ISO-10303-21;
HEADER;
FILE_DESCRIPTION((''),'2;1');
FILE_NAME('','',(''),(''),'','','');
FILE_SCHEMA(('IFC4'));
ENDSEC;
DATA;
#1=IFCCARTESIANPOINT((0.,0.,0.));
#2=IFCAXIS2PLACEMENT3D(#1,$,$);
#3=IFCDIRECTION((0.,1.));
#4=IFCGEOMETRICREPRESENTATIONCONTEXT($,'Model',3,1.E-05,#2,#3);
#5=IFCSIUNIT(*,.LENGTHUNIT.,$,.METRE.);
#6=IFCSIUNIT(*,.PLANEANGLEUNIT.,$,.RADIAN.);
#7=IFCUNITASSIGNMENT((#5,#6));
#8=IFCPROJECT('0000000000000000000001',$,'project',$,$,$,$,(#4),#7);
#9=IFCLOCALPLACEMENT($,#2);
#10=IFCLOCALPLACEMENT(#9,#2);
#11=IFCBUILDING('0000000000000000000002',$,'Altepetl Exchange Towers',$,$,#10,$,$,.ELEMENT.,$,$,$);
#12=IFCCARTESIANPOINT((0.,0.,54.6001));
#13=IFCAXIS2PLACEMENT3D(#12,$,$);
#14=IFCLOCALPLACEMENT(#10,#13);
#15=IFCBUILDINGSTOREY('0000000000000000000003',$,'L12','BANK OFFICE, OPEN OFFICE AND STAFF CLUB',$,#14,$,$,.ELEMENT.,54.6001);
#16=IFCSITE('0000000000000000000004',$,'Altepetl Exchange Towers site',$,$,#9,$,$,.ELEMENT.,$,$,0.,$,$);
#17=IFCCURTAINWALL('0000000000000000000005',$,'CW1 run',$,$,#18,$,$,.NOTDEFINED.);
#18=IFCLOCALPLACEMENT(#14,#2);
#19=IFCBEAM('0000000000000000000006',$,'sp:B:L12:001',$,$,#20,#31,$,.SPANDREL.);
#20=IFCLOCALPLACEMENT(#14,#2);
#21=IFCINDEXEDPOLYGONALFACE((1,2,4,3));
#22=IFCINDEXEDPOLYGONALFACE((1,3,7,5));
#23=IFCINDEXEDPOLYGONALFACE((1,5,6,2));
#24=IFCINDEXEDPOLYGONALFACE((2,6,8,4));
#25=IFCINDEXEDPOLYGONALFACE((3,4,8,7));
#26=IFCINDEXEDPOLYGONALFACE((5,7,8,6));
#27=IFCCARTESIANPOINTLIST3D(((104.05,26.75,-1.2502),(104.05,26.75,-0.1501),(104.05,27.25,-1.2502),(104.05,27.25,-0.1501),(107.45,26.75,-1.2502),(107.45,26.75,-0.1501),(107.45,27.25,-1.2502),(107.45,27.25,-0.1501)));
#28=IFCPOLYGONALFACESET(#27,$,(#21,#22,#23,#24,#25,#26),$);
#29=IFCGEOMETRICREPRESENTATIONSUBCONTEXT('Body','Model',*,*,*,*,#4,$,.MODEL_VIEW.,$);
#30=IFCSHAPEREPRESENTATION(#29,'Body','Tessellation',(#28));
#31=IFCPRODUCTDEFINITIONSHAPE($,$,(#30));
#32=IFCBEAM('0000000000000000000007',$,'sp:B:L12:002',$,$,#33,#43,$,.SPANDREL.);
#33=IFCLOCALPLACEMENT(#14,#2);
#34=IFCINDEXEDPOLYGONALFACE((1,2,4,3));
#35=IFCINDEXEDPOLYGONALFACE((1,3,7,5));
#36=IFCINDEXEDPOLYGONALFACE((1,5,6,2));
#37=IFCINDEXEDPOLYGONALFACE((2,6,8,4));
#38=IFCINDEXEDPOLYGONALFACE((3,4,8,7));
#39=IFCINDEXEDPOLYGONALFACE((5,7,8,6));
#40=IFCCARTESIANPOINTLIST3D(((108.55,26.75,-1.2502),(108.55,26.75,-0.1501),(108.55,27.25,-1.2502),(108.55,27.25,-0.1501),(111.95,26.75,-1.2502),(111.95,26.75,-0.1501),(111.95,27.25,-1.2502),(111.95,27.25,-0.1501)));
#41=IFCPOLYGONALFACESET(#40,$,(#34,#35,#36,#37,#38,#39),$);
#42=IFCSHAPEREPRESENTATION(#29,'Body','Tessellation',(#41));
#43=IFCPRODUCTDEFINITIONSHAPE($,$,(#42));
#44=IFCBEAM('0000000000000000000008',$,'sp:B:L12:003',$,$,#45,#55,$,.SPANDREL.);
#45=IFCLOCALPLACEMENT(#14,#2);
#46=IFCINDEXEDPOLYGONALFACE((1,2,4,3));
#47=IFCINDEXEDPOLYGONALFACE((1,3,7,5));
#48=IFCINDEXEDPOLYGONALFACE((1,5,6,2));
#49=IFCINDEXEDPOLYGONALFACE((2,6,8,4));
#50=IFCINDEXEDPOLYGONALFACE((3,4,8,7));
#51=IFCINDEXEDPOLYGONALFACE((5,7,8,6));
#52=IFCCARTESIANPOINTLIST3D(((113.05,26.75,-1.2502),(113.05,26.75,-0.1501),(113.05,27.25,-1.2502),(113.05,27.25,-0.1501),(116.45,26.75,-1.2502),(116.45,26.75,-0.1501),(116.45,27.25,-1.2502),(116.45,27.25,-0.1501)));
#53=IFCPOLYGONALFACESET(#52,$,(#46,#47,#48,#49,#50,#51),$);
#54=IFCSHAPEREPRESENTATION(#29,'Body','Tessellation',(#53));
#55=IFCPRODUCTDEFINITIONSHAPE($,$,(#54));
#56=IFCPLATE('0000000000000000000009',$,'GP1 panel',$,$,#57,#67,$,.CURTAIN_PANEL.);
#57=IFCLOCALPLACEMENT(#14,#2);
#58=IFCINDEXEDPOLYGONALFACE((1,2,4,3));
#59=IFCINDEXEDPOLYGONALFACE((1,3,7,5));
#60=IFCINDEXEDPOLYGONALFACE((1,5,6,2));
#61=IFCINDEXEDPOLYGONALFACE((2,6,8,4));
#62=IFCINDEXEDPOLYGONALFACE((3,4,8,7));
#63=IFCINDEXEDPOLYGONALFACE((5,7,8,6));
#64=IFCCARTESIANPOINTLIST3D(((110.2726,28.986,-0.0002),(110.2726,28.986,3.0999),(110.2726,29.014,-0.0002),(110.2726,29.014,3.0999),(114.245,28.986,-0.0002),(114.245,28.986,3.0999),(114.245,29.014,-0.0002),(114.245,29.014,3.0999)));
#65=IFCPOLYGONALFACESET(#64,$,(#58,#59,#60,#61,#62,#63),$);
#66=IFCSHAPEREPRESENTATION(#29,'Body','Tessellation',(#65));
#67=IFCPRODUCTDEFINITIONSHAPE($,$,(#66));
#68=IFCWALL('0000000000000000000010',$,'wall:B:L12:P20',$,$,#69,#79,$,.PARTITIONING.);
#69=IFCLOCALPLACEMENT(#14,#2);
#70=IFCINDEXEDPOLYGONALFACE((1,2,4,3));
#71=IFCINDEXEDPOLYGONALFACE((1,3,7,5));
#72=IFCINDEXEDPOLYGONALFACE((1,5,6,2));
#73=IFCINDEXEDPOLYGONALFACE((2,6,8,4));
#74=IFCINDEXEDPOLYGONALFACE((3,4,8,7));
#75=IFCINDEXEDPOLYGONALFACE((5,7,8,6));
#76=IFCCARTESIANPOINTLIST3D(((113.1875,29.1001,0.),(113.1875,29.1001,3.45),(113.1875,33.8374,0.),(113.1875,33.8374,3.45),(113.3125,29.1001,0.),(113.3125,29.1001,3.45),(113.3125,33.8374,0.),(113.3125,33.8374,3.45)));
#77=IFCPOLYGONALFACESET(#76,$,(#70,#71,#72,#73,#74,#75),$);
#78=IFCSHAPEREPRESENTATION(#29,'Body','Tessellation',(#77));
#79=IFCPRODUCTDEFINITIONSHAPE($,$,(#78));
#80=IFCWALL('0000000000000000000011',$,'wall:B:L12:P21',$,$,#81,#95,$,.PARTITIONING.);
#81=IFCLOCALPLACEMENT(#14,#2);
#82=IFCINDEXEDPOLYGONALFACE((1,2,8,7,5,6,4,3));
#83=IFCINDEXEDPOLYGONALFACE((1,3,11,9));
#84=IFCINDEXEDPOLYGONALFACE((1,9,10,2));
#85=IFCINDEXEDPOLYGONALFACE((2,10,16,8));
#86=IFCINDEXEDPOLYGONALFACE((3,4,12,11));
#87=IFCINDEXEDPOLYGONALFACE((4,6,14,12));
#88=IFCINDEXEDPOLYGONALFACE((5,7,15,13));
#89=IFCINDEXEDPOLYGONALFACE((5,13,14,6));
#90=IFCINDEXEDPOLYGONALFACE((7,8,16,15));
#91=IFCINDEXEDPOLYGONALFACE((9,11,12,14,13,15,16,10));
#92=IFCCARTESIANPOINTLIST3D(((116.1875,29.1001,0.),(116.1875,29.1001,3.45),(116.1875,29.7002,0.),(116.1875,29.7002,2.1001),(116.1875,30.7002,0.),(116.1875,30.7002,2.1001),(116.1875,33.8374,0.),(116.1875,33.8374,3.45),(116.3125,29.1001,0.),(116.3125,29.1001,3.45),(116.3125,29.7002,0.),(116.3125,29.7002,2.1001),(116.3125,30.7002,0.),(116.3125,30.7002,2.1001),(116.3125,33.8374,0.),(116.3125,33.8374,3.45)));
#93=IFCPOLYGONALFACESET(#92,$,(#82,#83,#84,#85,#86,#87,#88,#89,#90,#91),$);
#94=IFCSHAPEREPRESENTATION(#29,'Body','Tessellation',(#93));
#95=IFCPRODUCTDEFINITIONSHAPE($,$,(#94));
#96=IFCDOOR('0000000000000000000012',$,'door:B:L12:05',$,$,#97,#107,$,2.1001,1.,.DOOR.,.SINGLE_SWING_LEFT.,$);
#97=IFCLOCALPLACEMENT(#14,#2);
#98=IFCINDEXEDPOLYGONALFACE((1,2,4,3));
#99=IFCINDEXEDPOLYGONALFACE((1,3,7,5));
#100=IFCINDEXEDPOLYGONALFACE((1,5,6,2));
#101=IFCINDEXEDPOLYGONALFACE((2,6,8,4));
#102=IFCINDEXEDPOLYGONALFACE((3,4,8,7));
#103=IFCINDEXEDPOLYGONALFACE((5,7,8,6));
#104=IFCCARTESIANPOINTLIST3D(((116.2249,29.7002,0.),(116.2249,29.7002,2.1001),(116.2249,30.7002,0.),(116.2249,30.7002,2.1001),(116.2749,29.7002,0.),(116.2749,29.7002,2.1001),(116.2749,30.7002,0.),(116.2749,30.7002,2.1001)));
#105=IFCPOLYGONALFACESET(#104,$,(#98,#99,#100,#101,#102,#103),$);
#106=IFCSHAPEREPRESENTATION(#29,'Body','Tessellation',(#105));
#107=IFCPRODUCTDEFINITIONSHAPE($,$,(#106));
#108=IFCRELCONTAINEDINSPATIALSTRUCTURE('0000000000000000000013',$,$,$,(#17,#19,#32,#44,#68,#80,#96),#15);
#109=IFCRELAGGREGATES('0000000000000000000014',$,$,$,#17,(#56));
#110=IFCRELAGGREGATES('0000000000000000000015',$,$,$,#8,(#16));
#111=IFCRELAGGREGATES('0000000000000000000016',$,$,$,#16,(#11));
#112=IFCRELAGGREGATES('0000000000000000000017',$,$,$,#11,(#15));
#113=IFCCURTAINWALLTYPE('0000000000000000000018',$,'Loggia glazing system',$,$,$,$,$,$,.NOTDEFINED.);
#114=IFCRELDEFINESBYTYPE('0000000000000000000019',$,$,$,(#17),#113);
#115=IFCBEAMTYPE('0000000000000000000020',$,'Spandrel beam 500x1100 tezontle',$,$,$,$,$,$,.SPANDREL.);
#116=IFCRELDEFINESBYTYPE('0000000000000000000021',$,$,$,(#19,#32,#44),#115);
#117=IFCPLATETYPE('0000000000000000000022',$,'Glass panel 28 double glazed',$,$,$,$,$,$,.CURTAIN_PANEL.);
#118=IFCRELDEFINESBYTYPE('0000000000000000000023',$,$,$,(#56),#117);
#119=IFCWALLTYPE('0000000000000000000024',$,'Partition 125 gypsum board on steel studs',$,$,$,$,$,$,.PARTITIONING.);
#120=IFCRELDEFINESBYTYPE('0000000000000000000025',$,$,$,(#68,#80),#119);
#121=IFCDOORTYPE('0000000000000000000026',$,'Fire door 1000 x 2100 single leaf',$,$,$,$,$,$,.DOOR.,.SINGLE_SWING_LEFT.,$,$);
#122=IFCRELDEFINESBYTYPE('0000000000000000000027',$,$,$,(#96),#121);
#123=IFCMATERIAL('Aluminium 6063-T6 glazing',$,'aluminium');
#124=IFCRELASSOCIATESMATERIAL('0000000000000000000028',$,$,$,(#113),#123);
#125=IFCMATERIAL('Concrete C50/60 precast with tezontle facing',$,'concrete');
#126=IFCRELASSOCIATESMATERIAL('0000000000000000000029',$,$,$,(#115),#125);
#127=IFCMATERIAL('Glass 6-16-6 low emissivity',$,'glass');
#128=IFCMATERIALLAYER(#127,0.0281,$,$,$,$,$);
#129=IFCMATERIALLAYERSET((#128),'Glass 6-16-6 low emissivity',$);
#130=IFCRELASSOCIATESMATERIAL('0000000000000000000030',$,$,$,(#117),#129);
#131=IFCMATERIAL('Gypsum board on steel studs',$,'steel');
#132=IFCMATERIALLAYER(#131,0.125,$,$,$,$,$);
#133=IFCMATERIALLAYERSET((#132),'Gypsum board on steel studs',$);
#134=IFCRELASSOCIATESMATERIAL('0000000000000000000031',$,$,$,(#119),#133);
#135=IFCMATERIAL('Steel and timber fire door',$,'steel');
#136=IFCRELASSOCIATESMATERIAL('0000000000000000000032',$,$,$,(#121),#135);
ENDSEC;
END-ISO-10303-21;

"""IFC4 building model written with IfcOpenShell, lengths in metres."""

from ifc_helpers import new_model, si_unit, direction, frame, frame_2d, origin, origin_2d, place, context, subcontext, project, spatial, rectangle, extrude, material, layer, layer_set, material_profile, profile_set, type_object, element, fill, aggregate, save


model = new_model("IFC4")

# Units and contexts
model_context = context("Model", 3, precision=1e-05, world=origin(), true_north=direction((0.0, 1.0)))
body_context = subcontext(model_context, "Body", "Model", "MODEL_VIEW")
ifc_project = project(units=[si_unit("LENGTHUNIT", "METRE"), si_unit("PLANEANGLEUNIT", "RADIAN")], contexts=[model_context])

# Site, building, storey
site_placement = place(None, origin())
site = spatial("IfcSite", under=ifc_project, at=site_placement, Name="Altepetl Exchange Towers site", CompositionType="ELEMENT", RefElevation=0.0)
building_placement = place(site_placement, origin())
building = spatial("IfcBuilding", under=site, at=building_placement, Name="Altepetl Exchange Towers", CompositionType="ELEMENT")
storey_placement = place(building_placement, frame((0.0, 0.0, 54.6001)))
storey = spatial("IfcBuildingStorey", under=building, at=storey_placement, Name="L12", Description="BANK OFFICE, OPEN OFFICE AND STAFF CLUB", CompositionType="ELEMENT", Elevation=54.6001)

# Shared definitions
ifc_material_1 = material(Name="Aluminium 6063-T6 glazing", Category="aluminium")
curtain_wall_type = type_object("IfcCurtainWallType", Name="Loggia glazing system", PredefinedType="NOTDEFINED", material=ifc_material_1)

# Curtain wall
curtain_wall_1_placement = place(storey_placement, origin())
curtain_wall_1 = element("IfcCurtainWall", 1, at=curtain_wall_1_placement, inside=storey, type_object=curtain_wall_type, Name="CW1 run", PredefinedType="NOTDEFINED")

# Beams
ifc_material_2 = material(Name="Concrete C50/60 precast with tezontle facing", Category="concrete")
ifc_material_profile_1 = material_profile(ifc_material_2, rectangle(XDim=0.5, YDim=1.1001, at=origin_2d()), Name="500 x 1100")
ifc_profile_set_1 = profile_set([ifc_material_profile_1], Name="Concrete C50/60 precast with tezontle facing")
beam_type_1 = type_object("IfcBeamType", Name="Spandrel beam 500x1100 tezontle", PredefinedType="SPANDREL", material=ifc_profile_set_1)
for number, where, z_axis, x_axis, name in (
    (2, (104.05, 27.0, -0.7002), (1.0, 0.0, 0.0), (0.0, 1.0, 0.0), "sp:B:L12:001"),
    (3, (108.55, 27.0, -0.7002), (1.0, 0.0, 0.0), (0.0, 1.0, 0.0), "sp:B:L12:002"),
    (4, (113.05, 27.0, -0.7002), (1.0, 0.0, 0.0), (0.0, 1.0, 0.0), "sp:B:L12:003"),
):
    element("IfcBeam", number, at=place(storey_placement, frame(where, z_axis=z_axis, x_axis=x_axis)), inside=storey, type_object=beam_type_1, Name=name, PredefinedType="SPANDREL", context=body_context, shape_type="SweptSolid", body=[
        extrude(rectangle(XDim=0.5, YDim=1.1001, at=origin_2d()), origin(), (0.0, 0.0, 1.0), 3.3999),
    ])

# Plate
ifc_material_3 = material(Name="Glass 6-16-6 low emissivity", Category="glass")
ifc_layer_1 = layer(ifc_material_3, 0.0281)
ifc_layer_set_1 = layer_set([ifc_layer_1], Name="Glass 6-16-6 low emissivity")
plate_type = type_object("IfcPlateType", Name="Glass panel 28 double glazed", PredefinedType="CURTAIN_PANEL", material=ifc_layer_set_1)
plate_placement = place(storey_placement, frame((112.2588, 29.0, -0.0002)))
plate = element("IfcPlate", 5, at=plate_placement, type_object=plate_type, Name="GP1 panel", PredefinedType="CURTAIN_PANEL", context=body_context, shape_type="SweptSolid", body=[
    extrude(rectangle(XDim=3.9724, YDim=0.0281, at=origin_2d()), origin(), (0.0, 0.0, 1.0), 3.1001),
])
aggregate(curtain_wall_1, [plate])

# Wall
ifc_material_4 = material(Name="Gypsum board on steel studs", Category="steel")
ifc_layer_2 = layer(ifc_material_4, 0.125)
ifc_layer_set_2 = layer_set([ifc_layer_2], Name="Gypsum board on steel studs")
wall_type_1 = type_object("IfcWallType", Name="Partition 125 gypsum board on steel studs", PredefinedType="PARTITIONING", material=ifc_layer_set_2)
wall_1_placement = place(storey_placement, frame((113.25, 29.1001, 0.0), z_axis=(0.0, 0.0, 1.0), x_axis=(0.0, 1.0, 0.0)))
element("IfcWall", 6, at=wall_1_placement, inside=storey, type_object=wall_type_1, Name="wall:B:L12:P20", PredefinedType="PARTITIONING", context=body_context, shape_type="SweptSolid", body=[
    extrude(rectangle(XDim=4.7373, YDim=0.125, at=frame_2d((2.3687, 0.0))), origin(), (0.0, 0.0, 1.0), 3.45),
])

# Wall, opening, door
wall_2_placement = place(storey_placement, frame((116.25, 29.1001, 0.0), z_axis=(0.0, 0.0, 1.0), x_axis=(0.0, 1.0, 0.0)))
wall_2 = element("IfcWall", 7, at=wall_2_placement, inside=storey, type_object=wall_type_1, Name="wall:B:L12:P21", PredefinedType="PARTITIONING", context=body_context, shape_type="SweptSolid", body=[
    extrude(rectangle(XDim=4.7373, YDim=0.125, at=frame_2d((2.3687, 0.0))), origin(), (0.0, 0.0, 1.0), 3.45),
])
opening_1_placement = place(wall_2_placement, frame((0.6001, 0.0, 0.0)))
opening_1 = element("IfcOpeningElement", 8, at=opening_1_placement, cuts=wall_2, PredefinedType="OPENING", context=body_context, shape_type="SweptSolid", body=[
    extrude(rectangle(XDim=1.0, YDim=2.1001, at=frame_2d((0.5, 1.05))), frame((0.0, 0.0725, 0.0), z_axis=(0.0, -1.0, 0.0), x_axis=(1.0, 0.0, 0.0)), (0.0, 0.0, 1.0), 0.145),
])
ifc_material_5 = material(Name="Steel and timber fire door", Category="steel")
door_type_1 = type_object("IfcDoorType", Name="Fire door 1000 x 2100 single leaf", OperationType="SINGLE_SWING_LEFT", PredefinedType="DOOR", material=ifc_material_5)
door_1_placement = place(opening_1_placement, frame((1.0, 0.0, 0.0), x_axis=(-1.0, 0.0, 0.0)))
door_1 = element("IfcDoor", 9, at=door_1_placement, inside=storey, type_object=door_type_1, Name="door:B:L12:05", OperationType="SINGLE_SWING_LEFT", OverallHeight=2.1001, OverallWidth=1.0, PredefinedType="DOOR", context=body_context, shape_type="SweptSolid", body=[
    extrude(rectangle(XDim=1.0, YDim=2.1001, at=frame_2d((0.5, 1.05))), frame((0.0, 0.0249, 0.0), z_axis=(0.0, -1.0, 0.0), x_axis=(1.0, 0.0, 0.0)), (0.0, 0.0, 1.0), 0.05),
])
fill(opening_1, door_1)

save(model, "model.ifc")
